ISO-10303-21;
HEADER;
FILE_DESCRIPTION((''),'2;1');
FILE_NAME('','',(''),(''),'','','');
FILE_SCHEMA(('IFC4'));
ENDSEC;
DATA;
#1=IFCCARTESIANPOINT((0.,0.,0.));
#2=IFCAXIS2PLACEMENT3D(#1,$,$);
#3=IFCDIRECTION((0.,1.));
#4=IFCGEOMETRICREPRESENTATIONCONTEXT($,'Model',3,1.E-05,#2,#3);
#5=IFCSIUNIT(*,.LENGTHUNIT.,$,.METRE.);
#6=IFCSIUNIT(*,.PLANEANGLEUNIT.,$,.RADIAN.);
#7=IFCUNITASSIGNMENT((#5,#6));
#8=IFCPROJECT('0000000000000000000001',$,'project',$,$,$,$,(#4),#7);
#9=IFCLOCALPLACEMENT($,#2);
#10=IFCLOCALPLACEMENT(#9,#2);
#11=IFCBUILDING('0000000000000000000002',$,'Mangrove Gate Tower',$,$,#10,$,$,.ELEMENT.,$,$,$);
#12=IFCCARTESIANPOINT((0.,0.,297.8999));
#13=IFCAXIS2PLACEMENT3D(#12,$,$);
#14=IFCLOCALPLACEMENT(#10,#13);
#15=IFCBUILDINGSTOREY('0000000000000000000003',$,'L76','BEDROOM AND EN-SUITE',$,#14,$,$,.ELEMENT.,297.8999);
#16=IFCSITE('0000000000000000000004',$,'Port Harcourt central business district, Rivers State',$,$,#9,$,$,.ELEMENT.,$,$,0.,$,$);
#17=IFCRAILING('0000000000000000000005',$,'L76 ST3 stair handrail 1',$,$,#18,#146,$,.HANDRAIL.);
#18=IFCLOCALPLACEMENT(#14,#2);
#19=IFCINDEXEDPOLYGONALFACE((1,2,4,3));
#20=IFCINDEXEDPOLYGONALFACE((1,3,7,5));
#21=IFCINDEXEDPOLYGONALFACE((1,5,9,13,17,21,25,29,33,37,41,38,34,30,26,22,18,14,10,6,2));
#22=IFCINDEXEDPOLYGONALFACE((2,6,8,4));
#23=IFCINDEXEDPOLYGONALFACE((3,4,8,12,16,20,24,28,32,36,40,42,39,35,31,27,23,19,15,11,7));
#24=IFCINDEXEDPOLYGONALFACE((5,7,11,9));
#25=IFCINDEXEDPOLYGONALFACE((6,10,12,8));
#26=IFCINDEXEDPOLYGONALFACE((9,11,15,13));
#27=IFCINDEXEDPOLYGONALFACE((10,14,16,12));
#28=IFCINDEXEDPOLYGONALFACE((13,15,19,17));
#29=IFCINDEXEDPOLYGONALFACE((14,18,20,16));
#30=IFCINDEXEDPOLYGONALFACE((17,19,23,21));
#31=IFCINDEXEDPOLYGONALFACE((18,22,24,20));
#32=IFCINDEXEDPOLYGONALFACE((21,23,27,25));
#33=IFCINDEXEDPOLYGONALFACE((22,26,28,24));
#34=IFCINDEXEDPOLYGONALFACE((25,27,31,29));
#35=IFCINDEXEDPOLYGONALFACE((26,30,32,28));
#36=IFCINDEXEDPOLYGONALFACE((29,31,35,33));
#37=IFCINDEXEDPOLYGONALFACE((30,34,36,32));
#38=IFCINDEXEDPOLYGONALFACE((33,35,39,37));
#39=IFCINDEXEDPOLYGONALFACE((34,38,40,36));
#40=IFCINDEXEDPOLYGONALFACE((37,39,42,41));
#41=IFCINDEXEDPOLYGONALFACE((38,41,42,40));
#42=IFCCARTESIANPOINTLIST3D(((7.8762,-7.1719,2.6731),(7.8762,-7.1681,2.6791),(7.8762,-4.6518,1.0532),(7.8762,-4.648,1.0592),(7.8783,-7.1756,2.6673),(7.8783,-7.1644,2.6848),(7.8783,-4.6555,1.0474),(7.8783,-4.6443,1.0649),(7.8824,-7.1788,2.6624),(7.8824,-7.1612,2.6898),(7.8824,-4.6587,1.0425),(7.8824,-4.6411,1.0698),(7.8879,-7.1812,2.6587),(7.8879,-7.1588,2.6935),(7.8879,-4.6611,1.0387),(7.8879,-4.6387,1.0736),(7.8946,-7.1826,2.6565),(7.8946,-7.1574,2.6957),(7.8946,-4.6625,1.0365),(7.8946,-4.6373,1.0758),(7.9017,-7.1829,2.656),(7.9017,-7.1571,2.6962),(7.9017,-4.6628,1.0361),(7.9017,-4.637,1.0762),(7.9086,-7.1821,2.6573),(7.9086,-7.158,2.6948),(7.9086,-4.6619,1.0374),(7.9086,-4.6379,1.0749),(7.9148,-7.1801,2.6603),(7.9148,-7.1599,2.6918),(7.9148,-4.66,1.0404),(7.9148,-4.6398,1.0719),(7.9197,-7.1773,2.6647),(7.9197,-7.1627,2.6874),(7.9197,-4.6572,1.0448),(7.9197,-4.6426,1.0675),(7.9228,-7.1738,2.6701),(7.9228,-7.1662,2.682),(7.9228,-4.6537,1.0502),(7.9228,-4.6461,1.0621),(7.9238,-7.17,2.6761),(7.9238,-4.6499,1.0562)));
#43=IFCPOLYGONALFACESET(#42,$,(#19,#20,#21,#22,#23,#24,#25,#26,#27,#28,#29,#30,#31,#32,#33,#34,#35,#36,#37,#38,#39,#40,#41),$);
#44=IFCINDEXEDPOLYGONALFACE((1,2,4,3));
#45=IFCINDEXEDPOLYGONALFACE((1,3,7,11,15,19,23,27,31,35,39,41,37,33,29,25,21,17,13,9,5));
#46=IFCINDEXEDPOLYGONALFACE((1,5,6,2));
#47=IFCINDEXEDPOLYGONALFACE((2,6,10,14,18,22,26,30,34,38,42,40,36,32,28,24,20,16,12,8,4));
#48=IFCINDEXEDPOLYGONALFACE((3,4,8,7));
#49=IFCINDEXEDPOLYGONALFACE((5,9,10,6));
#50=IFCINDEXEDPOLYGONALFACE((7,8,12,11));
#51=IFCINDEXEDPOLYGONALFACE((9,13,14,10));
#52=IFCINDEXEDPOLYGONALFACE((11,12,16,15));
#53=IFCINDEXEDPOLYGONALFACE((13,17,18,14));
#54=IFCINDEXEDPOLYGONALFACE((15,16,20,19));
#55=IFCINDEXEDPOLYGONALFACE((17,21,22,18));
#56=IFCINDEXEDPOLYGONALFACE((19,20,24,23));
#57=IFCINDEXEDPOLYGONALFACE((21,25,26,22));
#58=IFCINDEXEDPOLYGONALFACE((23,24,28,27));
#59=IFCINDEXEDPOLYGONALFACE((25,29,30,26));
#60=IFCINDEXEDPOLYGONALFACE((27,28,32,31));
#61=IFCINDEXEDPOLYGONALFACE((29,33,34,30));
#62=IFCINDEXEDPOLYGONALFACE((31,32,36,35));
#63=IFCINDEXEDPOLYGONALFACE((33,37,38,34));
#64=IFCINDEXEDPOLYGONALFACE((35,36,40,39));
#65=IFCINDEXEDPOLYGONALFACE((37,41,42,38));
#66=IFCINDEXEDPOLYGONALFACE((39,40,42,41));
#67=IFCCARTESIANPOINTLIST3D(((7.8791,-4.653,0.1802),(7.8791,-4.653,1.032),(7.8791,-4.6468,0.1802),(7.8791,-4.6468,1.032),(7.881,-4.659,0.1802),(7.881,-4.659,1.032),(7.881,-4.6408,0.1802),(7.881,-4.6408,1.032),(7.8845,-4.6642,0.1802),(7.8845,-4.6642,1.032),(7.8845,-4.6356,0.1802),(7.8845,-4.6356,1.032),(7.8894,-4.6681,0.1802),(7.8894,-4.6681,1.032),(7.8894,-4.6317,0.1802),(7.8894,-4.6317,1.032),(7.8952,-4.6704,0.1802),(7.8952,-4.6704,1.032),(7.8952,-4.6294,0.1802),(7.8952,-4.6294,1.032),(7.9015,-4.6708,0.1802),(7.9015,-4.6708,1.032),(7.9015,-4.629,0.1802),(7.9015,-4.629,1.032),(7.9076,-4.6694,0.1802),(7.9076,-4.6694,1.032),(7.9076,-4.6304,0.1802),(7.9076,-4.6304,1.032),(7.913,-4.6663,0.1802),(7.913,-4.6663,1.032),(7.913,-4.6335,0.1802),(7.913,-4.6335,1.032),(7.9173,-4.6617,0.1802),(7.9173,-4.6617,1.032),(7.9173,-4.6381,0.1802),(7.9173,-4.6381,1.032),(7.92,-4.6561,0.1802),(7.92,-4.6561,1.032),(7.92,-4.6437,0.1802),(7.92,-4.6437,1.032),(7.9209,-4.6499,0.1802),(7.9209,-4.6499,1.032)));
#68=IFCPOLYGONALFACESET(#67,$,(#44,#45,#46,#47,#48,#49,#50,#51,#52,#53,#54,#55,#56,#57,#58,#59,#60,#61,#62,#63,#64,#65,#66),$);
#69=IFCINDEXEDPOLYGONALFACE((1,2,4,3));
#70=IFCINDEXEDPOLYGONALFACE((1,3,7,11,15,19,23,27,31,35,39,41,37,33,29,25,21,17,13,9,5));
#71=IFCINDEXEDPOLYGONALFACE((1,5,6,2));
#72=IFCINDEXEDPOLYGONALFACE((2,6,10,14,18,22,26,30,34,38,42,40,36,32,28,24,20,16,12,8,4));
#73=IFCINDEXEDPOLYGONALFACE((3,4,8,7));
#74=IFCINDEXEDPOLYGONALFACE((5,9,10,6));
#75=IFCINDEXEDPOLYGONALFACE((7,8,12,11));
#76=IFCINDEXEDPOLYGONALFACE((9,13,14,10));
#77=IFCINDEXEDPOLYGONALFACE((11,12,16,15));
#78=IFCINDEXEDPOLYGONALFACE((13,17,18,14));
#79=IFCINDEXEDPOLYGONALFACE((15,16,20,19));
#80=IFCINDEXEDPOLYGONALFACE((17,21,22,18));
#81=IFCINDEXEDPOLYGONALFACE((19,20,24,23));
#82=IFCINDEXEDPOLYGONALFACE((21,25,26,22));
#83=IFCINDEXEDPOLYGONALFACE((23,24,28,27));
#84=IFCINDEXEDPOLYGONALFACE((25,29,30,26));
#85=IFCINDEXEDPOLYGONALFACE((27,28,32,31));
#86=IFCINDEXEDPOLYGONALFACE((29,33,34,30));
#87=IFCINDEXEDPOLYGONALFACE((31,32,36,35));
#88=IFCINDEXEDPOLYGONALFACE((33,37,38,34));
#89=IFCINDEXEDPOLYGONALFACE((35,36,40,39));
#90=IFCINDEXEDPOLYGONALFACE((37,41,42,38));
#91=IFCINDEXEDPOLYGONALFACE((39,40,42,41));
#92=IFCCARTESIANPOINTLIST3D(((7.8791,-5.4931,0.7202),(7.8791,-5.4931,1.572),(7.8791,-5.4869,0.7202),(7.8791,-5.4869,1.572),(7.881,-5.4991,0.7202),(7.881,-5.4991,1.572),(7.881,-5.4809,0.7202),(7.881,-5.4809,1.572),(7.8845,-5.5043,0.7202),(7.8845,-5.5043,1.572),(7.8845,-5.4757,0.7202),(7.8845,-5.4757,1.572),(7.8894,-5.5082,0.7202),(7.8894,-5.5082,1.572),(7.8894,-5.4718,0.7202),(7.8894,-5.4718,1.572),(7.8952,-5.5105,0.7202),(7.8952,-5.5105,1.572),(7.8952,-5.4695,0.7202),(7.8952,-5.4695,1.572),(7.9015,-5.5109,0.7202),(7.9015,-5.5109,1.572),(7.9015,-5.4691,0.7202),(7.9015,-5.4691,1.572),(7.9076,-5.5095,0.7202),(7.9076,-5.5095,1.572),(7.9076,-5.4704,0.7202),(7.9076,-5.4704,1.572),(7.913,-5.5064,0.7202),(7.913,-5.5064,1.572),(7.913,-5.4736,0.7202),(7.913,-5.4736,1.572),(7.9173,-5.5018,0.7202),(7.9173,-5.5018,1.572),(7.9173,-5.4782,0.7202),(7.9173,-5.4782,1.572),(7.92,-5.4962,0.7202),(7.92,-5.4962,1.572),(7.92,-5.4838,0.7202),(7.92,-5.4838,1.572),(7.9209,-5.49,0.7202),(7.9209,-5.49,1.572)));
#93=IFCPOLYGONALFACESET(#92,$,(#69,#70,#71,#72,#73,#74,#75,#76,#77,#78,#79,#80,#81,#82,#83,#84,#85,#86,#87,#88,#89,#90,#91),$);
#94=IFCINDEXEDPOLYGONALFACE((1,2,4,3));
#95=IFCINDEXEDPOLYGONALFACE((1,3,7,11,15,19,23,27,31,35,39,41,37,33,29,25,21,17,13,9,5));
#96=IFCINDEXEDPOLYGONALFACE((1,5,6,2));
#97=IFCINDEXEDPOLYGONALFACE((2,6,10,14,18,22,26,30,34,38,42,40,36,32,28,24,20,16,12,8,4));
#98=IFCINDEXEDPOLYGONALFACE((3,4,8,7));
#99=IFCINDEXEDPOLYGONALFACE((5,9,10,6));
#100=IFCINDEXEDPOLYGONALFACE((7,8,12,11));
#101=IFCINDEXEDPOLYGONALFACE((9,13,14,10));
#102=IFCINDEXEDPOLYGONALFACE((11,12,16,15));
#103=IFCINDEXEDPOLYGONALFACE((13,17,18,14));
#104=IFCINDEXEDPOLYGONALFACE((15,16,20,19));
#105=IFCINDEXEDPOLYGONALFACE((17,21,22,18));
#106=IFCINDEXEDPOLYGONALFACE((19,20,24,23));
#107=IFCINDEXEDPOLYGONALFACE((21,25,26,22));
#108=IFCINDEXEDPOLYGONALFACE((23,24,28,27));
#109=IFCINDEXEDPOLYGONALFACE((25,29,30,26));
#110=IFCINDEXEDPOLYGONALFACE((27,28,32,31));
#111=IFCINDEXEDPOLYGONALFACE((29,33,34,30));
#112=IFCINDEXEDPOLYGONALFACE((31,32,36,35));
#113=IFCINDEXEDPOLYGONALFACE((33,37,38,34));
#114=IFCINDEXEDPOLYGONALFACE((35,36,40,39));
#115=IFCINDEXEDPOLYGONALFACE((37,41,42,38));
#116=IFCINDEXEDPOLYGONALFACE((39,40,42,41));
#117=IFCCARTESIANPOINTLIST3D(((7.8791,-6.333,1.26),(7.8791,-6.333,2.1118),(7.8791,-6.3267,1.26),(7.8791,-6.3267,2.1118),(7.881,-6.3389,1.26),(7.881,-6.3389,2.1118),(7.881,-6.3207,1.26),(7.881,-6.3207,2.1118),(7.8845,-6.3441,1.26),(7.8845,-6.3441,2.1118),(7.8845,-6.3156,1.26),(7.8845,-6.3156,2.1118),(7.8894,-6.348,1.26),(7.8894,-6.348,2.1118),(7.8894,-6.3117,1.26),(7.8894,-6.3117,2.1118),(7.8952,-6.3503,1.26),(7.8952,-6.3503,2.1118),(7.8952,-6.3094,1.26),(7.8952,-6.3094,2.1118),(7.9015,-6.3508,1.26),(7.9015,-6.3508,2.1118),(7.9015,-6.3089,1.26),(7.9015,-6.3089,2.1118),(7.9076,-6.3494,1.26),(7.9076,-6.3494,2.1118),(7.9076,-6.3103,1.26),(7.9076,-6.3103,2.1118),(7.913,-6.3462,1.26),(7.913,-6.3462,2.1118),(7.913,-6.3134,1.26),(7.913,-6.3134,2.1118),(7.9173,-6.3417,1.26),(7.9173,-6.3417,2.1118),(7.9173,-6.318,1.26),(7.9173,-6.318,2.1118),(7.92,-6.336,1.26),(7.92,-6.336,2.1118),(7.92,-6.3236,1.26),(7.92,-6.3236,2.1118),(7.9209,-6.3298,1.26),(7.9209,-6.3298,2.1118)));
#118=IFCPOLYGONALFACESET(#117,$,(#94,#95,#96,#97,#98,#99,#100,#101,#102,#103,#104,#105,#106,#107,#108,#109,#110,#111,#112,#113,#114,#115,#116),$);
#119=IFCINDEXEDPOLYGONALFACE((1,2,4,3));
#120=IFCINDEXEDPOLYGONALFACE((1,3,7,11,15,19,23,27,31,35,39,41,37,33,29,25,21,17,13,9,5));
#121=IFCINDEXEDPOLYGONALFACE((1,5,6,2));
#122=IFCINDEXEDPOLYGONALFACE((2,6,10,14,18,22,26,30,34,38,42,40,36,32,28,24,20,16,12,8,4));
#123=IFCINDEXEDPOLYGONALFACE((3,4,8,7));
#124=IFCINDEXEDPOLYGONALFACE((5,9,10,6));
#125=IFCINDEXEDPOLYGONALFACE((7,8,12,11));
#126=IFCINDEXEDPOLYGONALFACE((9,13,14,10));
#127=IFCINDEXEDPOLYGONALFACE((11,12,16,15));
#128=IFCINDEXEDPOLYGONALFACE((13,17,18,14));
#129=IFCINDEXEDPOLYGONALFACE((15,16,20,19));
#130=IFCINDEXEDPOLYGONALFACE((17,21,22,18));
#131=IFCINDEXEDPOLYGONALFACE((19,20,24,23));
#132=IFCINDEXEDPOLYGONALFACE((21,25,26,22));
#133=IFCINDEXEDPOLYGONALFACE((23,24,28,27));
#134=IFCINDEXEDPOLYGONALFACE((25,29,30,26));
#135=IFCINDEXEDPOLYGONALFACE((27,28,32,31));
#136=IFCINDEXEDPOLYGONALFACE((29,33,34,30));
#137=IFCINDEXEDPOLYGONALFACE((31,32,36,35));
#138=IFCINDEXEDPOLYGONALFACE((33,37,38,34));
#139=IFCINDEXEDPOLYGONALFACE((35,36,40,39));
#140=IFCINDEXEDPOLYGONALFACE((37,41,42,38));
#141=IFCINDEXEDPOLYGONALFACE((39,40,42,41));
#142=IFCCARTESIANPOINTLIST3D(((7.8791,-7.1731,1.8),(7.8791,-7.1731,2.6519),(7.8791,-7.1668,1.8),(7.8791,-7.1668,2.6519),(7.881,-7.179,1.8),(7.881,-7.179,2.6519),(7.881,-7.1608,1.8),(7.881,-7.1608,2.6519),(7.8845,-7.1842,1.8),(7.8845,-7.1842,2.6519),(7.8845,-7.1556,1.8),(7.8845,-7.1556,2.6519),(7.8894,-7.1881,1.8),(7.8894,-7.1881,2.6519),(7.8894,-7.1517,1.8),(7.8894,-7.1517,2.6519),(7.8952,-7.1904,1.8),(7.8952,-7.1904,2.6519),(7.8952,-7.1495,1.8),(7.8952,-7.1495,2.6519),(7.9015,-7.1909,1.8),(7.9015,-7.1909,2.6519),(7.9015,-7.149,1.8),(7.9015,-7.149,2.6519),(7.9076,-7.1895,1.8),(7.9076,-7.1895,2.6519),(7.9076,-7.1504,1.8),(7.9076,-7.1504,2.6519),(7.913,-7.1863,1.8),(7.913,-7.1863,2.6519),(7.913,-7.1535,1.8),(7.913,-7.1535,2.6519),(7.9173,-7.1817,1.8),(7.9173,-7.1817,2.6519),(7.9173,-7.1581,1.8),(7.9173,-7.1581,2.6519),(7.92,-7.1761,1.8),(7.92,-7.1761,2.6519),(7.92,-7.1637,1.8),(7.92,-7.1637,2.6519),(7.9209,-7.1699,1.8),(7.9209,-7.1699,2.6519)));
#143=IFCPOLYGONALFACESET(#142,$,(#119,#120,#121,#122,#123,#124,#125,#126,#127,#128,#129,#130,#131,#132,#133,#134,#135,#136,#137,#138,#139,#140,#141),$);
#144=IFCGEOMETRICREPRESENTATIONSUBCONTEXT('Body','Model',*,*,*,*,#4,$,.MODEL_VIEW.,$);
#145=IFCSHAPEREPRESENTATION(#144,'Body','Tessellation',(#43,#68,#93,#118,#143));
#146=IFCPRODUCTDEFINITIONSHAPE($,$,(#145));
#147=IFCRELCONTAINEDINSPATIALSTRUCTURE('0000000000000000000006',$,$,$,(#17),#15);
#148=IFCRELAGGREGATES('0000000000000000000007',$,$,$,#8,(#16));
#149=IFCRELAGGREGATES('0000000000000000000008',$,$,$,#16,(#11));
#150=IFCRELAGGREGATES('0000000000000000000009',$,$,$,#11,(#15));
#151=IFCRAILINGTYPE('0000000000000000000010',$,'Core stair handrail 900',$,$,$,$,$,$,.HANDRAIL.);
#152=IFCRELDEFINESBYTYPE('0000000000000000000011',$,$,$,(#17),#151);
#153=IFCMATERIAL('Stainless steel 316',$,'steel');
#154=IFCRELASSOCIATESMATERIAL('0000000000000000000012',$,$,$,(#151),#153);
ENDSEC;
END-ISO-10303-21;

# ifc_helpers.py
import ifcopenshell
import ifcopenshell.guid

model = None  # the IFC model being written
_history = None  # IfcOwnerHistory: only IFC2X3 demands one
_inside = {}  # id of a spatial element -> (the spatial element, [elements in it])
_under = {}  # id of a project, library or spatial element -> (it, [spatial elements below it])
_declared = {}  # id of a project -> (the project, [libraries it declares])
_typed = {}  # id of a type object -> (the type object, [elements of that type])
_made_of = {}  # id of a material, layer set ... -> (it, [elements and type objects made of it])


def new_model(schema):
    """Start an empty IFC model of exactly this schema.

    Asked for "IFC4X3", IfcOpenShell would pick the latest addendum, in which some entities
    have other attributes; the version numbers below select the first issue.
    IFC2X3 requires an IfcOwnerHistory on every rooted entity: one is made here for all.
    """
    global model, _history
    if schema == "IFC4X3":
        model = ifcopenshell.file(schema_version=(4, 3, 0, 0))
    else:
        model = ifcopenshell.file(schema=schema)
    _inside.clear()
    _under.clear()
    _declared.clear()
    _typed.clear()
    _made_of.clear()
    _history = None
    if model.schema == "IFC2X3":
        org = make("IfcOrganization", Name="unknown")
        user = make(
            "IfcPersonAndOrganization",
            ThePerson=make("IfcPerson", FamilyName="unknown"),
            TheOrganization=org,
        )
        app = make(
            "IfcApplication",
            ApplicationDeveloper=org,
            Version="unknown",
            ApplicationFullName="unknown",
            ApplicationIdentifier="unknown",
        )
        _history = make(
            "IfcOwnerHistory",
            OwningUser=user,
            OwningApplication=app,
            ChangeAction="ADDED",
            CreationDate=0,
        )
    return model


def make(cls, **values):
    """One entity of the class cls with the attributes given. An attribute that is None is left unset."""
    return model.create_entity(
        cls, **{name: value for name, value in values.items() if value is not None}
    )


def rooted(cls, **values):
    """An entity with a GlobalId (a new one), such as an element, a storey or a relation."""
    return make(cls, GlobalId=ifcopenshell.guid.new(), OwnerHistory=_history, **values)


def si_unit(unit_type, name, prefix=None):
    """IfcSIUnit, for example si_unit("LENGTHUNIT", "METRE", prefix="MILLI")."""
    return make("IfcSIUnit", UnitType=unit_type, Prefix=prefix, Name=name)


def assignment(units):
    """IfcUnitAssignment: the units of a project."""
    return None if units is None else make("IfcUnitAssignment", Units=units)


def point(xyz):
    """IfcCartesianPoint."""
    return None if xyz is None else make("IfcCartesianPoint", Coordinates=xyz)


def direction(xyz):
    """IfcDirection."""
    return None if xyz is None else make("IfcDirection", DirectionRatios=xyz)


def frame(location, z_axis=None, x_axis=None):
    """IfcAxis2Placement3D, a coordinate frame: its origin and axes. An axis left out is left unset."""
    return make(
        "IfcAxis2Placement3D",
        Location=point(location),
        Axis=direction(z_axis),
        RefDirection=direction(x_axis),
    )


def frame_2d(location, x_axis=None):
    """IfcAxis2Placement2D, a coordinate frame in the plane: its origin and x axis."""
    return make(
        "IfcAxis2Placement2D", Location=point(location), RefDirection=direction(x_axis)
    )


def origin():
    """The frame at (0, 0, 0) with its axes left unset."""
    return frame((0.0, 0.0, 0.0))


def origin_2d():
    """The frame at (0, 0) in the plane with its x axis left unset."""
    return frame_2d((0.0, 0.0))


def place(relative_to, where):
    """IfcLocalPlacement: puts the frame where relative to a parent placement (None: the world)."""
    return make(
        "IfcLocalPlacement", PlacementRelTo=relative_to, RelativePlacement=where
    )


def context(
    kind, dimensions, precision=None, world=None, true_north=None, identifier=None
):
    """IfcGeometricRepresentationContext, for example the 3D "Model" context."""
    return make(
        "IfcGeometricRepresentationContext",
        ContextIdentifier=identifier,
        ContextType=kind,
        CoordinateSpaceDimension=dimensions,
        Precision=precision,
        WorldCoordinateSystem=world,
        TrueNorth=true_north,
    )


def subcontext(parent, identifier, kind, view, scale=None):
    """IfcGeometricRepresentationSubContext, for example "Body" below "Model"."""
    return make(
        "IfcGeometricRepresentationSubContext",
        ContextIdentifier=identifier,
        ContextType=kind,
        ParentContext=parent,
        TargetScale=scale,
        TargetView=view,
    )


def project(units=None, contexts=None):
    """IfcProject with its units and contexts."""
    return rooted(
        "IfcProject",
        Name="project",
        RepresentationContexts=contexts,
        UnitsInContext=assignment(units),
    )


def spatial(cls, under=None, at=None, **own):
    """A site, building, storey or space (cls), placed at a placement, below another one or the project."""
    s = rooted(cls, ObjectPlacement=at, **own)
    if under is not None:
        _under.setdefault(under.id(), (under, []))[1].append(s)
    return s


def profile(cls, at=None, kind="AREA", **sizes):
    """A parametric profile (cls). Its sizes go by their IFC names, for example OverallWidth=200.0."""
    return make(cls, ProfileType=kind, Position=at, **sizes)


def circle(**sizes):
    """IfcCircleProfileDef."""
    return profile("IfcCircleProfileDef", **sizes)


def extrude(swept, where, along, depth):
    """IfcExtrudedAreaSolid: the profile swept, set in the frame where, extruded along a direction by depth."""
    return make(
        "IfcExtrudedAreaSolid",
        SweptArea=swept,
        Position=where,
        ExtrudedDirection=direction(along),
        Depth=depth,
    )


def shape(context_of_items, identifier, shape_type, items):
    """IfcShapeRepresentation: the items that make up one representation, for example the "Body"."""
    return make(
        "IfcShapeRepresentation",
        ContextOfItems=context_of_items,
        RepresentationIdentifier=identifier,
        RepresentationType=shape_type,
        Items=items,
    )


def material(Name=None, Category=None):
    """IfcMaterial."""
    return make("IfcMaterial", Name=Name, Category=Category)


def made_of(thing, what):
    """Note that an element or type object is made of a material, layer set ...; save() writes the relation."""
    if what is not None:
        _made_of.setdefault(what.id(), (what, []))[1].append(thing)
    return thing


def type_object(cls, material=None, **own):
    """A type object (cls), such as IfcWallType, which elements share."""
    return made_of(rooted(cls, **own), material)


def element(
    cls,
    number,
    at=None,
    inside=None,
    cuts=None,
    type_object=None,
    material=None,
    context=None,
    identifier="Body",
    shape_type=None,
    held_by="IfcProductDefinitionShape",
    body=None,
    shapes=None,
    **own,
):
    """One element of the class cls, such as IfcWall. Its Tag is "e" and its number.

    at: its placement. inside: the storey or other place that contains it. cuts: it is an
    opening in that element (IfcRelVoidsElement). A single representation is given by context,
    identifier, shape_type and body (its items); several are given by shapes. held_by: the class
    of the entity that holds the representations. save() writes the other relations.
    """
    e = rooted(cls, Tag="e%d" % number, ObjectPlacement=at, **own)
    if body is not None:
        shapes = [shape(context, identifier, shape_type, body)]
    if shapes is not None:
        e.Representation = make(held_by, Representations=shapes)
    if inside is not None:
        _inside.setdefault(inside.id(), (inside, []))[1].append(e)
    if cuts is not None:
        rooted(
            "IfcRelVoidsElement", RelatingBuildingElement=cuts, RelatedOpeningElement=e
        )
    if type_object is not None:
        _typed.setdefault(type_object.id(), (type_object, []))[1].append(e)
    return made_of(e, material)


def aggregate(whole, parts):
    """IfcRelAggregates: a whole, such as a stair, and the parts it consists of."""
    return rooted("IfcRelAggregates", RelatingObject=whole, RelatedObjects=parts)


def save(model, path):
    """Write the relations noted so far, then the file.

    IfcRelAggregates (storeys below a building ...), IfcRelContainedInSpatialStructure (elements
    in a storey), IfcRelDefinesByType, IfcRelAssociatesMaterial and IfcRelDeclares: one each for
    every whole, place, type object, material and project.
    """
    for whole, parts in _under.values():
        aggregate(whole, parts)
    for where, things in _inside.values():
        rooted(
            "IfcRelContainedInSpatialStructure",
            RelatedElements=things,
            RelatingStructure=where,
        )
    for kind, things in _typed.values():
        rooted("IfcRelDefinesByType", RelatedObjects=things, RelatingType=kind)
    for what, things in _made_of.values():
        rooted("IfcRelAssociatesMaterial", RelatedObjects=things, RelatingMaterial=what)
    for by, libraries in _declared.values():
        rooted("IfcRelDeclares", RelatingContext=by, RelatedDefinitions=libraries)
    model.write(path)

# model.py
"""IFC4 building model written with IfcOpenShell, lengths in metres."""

from ifc_helpers import new_model, si_unit, direction, frame, origin, origin_2d, place, context, subcontext, project, spatial, circle, extrude, material, type_object, element, save


model = new_model("IFC4")

# Units and contexts
model_context = context("Model", 3, precision=1e-05, world=origin(), true_north=direction((0.0, 1.0)))
body_context = subcontext(model_context, "Body", "Model", "MODEL_VIEW")
ifc_project = project(units=[si_unit("LENGTHUNIT", "METRE"), si_unit("PLANEANGLEUNIT", "RADIAN")], contexts=[model_context])

# Site, building, storey
site_placement = place(None, origin())
site = spatial("IfcSite", under=ifc_project, at=site_placement, Name="Port Harcourt central business district, Rivers State", CompositionType="ELEMENT", RefElevation=0.0)
building_placement = place(site_placement, origin())
building = spatial("IfcBuilding", under=site, at=building_placement, Name="Mangrove Gate Tower", CompositionType="ELEMENT")
storey_placement = place(building_placement, frame((0.0, 0.0, 297.8999)))
storey = spatial("IfcBuildingStorey", under=building, at=storey_placement, Name="L76", Description="BEDROOM AND EN-SUITE", CompositionType="ELEMENT", Elevation=297.8999)

# Railing
ifc_material_1 = material(Name="Stainless steel 316", Category="steel")
railing_type_1 = type_object("IfcRailingType", Name="Core stair handrail 900", PredefinedType="HANDRAIL", material=ifc_material_1)
railing_1_placement = place(storey_placement, frame((7.8999, -4.6499, 0.1802)))
element("IfcRailing", 1, at=railing_1_placement, inside=storey, type_object=railing_type_1, Name="L76 ST3 stair handrail 1", PredefinedType="HANDRAIL", context=body_context, shape_type="SweptSolid", body=[
    extrude(circle(Radius=0.0239, at=origin_2d()), frame((0.0, 0.0, 0.876), z_axis=(0.0, -0.8412, 0.540725), x_axis=(1.0, 0.0, 0.0)), (0.0, 0.0, 1.0), 2.9958),
    extrude(circle(Radius=0.021, at=origin_2d()), origin(), (0.0, 0.0, 1.0), 0.8518),
    extrude(circle(Radius=0.021, at=origin_2d()), frame((0.0, -0.8401, 0.54)), (0.0, 0.0, 1.0), 0.8518),
    extrude(circle(Radius=0.021, at=origin_2d()), frame((0.0, -1.6799, 1.0798)), (0.0, 0.0, 1.0), 0.8518),
    extrude(circle(Radius=0.021, at=origin_2d()), frame((0.0, -2.52, 1.6199)), (0.0, 0.0, 1.0), 0.8518),
])

save(model, "model.ifc")
